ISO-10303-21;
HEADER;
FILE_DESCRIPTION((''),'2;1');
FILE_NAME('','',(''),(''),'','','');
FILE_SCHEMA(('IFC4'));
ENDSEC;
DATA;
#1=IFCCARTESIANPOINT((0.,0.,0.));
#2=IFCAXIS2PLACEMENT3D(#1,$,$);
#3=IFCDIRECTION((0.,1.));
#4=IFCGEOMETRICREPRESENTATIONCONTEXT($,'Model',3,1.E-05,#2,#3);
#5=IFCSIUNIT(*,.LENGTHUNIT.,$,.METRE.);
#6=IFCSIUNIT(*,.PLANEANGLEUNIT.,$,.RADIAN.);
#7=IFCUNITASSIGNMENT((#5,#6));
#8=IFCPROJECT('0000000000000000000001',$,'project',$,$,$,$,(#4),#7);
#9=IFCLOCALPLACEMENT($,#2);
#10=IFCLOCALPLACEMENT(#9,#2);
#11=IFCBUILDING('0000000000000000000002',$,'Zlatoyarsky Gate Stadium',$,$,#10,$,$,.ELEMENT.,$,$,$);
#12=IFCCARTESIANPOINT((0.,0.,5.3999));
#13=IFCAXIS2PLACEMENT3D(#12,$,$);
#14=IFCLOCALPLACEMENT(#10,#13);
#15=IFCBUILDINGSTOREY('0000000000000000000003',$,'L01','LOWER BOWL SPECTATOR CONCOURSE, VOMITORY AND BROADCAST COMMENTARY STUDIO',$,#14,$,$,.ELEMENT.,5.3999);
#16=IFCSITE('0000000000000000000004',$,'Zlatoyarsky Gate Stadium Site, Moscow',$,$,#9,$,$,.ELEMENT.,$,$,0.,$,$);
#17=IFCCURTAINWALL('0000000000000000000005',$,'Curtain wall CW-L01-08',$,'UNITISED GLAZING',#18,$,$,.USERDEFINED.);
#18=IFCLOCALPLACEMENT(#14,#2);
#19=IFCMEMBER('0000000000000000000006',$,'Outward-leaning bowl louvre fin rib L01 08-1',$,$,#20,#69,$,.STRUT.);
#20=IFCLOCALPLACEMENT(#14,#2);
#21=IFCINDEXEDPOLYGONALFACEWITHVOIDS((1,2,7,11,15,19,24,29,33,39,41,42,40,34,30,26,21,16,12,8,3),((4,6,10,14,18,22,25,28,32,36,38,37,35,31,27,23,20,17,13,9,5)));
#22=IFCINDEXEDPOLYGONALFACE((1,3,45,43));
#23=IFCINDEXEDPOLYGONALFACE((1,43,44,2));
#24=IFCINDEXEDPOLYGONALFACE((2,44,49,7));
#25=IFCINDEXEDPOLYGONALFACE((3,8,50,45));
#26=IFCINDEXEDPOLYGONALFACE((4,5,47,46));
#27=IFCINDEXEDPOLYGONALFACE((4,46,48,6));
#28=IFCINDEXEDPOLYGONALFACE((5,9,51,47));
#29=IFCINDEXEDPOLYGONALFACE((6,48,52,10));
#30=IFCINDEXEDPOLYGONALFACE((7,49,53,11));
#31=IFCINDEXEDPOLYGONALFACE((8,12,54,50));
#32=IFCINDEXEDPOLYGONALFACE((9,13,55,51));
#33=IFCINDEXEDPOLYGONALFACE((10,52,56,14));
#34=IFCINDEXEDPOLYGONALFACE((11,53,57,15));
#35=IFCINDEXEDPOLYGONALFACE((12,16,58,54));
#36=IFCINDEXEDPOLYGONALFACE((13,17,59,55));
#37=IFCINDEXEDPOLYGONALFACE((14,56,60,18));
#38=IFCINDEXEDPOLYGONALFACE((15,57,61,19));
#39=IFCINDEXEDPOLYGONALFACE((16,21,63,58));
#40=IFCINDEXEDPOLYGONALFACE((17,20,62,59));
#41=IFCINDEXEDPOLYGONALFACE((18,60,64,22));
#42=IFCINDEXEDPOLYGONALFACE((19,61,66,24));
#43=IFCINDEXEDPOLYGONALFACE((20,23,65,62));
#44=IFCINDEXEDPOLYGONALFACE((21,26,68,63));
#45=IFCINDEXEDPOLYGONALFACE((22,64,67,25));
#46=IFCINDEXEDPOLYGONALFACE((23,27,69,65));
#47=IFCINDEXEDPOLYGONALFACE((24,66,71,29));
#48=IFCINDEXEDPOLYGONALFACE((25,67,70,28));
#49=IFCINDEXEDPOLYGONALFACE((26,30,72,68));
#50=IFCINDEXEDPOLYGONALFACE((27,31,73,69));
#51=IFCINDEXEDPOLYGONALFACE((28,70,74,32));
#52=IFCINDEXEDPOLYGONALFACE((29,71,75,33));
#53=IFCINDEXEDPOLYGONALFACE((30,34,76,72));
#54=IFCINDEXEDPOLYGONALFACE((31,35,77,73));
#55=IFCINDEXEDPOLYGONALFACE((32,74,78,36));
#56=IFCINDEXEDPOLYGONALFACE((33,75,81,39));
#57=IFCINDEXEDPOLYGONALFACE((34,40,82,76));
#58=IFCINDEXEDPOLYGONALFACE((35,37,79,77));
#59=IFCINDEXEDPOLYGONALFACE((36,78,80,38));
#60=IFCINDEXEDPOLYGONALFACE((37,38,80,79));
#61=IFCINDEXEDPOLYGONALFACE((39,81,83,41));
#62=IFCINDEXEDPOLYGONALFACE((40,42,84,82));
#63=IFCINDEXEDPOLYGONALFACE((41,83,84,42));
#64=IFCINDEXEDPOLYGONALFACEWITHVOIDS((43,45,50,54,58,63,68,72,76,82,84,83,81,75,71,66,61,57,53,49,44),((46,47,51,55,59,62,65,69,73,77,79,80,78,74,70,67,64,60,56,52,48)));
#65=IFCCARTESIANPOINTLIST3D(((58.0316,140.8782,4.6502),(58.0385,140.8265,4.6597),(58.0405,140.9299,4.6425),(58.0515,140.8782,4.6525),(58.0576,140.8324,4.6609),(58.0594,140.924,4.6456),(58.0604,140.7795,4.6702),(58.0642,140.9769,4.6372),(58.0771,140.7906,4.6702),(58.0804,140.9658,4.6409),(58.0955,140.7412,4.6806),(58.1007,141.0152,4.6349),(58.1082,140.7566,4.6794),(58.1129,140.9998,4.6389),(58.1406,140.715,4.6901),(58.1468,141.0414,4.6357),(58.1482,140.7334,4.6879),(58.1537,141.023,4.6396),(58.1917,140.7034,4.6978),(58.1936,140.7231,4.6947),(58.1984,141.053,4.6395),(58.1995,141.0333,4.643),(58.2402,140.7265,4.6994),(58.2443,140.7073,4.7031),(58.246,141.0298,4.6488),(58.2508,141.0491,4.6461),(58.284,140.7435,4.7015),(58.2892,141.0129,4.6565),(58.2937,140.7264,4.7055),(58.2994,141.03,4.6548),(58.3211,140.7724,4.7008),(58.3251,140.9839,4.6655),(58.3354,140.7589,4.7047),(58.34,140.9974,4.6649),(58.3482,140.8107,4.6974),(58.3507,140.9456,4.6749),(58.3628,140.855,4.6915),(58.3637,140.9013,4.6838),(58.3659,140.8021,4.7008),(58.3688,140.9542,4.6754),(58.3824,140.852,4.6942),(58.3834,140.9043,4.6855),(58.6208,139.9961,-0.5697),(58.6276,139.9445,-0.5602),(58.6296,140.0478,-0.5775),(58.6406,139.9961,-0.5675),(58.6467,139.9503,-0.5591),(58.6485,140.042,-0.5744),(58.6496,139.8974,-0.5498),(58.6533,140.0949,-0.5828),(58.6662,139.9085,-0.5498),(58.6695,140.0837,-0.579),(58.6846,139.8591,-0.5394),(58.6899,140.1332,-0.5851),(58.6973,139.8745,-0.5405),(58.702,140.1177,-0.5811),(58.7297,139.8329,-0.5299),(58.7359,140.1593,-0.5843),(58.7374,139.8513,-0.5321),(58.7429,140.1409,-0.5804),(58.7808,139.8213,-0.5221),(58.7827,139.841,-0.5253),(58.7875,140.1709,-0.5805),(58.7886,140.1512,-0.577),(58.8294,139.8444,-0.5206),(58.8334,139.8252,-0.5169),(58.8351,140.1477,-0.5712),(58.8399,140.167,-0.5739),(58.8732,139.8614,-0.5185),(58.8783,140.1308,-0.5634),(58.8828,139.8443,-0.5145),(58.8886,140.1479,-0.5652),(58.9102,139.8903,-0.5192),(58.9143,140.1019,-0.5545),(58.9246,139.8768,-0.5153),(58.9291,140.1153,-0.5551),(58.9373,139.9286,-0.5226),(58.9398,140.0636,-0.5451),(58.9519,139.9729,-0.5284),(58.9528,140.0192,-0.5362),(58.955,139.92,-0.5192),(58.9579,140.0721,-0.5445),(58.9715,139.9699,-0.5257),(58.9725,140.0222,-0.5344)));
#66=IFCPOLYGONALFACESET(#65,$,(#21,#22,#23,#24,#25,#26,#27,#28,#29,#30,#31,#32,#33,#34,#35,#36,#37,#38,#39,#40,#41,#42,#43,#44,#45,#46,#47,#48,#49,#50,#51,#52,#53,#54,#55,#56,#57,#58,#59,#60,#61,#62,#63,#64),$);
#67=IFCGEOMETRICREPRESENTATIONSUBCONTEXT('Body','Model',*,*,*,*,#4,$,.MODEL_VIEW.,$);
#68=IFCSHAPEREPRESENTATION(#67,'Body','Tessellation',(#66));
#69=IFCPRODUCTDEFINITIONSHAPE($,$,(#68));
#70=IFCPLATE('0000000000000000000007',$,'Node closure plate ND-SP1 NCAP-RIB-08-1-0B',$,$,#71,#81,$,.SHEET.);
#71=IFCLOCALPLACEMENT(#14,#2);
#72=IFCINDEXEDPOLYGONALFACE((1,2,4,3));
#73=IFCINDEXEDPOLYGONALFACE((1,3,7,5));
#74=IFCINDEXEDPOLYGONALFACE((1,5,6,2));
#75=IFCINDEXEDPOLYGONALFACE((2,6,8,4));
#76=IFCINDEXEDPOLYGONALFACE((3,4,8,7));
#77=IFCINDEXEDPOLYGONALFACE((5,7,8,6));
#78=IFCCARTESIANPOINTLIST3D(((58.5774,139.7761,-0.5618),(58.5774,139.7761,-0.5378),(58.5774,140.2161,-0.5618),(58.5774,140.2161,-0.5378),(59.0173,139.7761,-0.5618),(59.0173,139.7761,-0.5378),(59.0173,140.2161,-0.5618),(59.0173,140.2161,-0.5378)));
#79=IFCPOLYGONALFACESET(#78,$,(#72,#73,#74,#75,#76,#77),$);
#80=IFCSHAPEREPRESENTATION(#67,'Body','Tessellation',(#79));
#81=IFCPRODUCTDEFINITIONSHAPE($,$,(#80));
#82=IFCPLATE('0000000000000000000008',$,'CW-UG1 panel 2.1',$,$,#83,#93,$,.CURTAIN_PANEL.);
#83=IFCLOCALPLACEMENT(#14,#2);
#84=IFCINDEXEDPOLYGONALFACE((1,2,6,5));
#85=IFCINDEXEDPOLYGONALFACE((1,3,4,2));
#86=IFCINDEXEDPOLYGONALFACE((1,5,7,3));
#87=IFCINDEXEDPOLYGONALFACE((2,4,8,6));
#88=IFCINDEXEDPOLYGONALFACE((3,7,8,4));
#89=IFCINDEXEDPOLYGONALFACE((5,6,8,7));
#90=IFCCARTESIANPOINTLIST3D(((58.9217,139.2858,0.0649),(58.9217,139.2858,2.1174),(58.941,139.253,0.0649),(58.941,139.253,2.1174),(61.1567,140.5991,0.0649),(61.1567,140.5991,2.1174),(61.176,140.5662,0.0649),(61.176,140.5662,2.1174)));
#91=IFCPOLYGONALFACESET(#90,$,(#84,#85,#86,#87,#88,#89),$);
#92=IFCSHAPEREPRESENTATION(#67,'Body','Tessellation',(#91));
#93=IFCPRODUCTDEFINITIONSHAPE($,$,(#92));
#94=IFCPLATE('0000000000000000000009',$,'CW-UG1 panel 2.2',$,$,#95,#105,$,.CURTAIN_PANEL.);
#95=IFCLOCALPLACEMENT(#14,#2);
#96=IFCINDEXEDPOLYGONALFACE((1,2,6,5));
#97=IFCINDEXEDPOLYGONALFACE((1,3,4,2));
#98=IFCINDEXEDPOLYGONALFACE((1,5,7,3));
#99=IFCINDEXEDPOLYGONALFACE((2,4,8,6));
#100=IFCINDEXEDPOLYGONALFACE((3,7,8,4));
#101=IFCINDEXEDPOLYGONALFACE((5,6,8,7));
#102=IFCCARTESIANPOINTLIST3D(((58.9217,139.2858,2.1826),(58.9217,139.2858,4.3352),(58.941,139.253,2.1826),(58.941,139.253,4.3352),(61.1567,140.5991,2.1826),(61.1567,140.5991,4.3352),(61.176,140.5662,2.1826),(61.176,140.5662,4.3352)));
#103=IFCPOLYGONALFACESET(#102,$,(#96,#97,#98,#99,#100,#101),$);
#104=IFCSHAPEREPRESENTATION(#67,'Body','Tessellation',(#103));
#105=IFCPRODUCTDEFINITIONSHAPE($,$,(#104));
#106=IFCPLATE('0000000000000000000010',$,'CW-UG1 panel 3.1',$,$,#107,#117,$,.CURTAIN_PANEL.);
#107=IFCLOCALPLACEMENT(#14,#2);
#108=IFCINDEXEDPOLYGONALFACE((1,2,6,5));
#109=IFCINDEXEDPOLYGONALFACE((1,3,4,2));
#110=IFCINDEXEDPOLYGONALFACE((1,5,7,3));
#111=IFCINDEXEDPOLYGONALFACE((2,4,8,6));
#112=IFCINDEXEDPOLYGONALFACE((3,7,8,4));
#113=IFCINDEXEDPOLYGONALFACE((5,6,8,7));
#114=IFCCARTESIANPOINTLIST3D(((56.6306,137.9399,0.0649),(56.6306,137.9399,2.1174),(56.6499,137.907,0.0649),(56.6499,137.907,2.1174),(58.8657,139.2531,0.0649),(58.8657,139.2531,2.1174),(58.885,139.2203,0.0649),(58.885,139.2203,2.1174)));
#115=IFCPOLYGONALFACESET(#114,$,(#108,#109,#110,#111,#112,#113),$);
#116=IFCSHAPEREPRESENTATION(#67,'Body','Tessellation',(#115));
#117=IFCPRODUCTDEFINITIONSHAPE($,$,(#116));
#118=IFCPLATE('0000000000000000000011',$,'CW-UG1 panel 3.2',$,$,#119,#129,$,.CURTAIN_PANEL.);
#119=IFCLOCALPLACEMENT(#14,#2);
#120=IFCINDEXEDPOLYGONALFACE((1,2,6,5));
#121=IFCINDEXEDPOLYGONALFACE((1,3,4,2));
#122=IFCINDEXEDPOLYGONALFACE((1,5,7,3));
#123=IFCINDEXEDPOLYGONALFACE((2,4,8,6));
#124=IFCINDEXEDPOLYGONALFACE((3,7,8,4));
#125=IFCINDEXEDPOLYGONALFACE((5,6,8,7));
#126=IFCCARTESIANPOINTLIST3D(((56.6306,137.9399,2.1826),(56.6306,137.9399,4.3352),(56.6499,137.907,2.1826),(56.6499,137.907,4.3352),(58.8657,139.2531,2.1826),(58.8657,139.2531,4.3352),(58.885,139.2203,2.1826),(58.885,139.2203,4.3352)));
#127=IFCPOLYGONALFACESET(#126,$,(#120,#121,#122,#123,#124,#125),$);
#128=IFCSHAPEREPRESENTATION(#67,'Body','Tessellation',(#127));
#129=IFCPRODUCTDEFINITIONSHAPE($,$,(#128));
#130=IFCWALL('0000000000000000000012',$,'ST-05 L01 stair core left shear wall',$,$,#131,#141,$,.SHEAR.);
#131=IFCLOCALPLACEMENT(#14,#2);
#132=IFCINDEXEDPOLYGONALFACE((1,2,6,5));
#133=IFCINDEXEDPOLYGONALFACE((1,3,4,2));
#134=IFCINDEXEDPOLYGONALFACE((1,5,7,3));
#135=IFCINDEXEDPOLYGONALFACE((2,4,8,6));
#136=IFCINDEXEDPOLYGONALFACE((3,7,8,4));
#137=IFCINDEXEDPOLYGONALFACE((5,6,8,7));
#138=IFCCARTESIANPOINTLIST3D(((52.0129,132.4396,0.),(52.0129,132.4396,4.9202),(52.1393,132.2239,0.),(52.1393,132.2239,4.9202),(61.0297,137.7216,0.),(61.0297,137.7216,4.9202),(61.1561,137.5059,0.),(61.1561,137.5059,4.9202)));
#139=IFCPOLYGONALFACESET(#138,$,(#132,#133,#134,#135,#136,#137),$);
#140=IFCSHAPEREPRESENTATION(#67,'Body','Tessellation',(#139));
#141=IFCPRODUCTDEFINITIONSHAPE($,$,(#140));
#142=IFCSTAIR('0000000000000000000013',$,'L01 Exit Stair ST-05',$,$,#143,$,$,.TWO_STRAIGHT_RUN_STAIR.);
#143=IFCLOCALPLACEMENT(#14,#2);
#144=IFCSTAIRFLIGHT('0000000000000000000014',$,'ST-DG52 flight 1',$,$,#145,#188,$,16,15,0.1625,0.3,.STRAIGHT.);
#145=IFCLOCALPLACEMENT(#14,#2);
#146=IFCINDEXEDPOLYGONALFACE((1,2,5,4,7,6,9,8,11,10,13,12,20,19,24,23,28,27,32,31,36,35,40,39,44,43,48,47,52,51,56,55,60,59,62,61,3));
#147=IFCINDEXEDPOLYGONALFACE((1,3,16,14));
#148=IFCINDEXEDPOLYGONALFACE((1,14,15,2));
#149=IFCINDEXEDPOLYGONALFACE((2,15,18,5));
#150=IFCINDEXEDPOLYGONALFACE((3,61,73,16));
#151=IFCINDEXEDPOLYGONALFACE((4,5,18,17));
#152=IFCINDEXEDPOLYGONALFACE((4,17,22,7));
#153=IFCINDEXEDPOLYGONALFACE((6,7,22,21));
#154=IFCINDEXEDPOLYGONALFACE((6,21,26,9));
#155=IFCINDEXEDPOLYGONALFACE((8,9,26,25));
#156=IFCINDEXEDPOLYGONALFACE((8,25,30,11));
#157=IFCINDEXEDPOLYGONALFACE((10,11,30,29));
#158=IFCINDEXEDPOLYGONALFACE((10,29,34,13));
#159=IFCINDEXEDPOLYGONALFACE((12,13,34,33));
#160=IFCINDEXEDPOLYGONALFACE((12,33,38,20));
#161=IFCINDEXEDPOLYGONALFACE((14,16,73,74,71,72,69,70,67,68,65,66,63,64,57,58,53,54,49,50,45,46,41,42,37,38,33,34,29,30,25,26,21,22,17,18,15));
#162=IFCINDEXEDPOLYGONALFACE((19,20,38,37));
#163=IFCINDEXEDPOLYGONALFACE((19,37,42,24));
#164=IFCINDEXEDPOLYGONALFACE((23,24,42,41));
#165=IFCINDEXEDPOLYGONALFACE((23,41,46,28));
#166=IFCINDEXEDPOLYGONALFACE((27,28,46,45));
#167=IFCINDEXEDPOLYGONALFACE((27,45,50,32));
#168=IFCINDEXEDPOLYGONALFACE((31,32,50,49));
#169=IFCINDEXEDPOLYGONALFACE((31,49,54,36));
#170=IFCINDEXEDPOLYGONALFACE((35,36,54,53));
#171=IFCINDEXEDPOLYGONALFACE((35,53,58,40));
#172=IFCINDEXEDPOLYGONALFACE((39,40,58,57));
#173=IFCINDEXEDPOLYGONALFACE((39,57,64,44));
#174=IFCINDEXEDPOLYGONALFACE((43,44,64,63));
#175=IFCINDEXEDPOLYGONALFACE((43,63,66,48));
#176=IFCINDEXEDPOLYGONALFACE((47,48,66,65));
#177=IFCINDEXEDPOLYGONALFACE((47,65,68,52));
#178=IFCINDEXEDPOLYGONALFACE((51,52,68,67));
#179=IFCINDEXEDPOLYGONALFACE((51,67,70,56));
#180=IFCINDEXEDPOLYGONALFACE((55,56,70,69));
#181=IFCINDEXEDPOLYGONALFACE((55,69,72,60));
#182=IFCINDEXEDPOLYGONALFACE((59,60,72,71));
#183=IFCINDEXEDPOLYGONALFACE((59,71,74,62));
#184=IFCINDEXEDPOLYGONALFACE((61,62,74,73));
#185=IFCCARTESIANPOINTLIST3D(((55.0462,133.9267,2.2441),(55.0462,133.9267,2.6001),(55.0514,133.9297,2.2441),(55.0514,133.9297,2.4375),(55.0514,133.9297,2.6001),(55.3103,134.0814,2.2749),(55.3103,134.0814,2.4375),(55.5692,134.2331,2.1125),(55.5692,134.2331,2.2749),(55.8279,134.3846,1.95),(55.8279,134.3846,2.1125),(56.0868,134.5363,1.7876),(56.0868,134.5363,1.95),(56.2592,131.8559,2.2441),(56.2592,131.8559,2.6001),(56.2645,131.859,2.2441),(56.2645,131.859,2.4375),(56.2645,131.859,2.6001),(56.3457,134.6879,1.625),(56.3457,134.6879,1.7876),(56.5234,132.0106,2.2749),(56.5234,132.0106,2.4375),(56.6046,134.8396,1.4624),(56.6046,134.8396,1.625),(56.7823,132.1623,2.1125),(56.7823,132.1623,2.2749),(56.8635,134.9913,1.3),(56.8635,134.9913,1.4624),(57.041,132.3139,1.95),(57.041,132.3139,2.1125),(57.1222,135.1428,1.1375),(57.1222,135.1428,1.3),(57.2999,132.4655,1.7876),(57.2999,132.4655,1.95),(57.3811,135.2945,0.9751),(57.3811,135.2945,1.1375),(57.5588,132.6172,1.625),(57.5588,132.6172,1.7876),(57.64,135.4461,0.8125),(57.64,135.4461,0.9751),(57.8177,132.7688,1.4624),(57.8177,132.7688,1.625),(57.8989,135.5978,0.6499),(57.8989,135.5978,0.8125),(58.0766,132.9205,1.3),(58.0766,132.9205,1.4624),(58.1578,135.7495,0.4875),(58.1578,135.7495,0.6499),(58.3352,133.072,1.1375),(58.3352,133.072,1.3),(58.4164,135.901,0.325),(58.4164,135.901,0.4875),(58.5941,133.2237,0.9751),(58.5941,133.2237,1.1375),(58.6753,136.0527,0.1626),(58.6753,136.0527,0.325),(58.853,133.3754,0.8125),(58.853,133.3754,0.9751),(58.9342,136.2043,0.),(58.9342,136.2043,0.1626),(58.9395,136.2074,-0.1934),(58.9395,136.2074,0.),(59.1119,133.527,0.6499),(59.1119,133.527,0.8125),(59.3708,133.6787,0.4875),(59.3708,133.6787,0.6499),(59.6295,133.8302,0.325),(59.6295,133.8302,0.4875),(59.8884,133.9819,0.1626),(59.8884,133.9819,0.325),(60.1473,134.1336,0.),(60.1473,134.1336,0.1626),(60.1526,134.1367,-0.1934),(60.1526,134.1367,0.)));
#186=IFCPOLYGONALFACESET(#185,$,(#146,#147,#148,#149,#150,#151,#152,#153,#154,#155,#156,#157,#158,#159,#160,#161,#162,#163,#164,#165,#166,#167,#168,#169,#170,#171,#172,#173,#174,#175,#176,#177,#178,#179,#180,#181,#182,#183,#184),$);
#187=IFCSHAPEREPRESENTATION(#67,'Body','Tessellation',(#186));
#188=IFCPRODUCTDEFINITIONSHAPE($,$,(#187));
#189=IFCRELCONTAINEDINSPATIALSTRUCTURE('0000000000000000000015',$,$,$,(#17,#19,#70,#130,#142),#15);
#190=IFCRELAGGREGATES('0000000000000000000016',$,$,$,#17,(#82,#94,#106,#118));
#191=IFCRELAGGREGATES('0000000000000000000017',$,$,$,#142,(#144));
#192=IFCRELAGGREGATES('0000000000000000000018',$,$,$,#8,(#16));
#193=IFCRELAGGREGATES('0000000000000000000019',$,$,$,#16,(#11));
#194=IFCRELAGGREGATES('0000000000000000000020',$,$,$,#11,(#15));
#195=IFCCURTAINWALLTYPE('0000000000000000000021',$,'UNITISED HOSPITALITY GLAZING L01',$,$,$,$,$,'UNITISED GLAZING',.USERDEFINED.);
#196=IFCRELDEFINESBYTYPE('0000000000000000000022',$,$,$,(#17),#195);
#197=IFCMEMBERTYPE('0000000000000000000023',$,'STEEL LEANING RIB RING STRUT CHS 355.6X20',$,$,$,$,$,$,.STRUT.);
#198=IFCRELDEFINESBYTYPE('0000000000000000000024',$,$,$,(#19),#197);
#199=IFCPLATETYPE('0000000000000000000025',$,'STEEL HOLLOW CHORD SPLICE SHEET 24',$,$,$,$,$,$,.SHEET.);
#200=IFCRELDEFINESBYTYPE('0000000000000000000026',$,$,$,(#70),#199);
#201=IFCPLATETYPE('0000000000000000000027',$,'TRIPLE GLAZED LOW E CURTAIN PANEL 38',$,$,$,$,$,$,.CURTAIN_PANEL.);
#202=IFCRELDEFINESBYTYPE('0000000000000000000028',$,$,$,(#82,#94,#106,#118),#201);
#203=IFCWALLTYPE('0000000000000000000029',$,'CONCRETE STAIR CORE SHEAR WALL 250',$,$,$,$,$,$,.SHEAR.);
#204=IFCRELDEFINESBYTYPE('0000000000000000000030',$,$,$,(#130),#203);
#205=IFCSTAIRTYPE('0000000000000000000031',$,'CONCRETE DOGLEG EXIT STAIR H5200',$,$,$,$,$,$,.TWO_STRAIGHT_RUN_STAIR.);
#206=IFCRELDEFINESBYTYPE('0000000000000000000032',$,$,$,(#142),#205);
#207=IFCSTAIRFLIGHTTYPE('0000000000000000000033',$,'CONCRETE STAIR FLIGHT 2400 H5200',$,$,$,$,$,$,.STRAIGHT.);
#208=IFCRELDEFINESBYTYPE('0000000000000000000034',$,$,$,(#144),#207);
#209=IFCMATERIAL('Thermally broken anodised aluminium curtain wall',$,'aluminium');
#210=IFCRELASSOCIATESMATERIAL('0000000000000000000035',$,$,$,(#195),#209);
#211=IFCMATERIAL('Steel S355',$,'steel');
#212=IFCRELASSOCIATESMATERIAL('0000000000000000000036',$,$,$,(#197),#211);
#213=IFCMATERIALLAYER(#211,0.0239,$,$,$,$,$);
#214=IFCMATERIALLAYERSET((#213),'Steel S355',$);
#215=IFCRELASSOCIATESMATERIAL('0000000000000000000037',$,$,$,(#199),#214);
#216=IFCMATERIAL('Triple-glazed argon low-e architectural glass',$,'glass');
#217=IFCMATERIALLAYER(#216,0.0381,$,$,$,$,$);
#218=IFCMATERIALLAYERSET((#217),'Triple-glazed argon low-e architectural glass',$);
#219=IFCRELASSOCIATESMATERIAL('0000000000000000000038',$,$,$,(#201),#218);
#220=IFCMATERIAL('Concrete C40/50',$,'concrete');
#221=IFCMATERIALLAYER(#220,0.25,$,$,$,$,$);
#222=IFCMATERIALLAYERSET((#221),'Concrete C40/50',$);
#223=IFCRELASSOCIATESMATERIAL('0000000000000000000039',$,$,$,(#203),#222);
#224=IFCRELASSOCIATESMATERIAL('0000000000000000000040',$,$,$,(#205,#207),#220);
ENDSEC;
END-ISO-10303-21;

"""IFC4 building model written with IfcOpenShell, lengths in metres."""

from ifc_helpers import new_model, si_unit, direction, frame, frame_2d, origin, origin_2d, place, context, subcontext, project, spatial, polyline, rectangle, hollow_circle, outline, extrude, material, layer, layer_set, material_profile, profile_set, type_object, element, aggregate, save


model = new_model("IFC4")

# Units and contexts
model_context = context("Model", 3, precision=1e-05, world=origin(), true_north=direction((0.0, 1.0)))
body_context = subcontext(model_context, "Body", "Model", "MODEL_VIEW")
ifc_project = project(units=[si_unit("LENGTHUNIT", "METRE"), si_unit("PLANEANGLEUNIT", "RADIAN")], contexts=[model_context])

# Site, building, storey
site_placement = place(None, origin())
site = spatial("IfcSite", under=ifc_project, at=site_placement, Name="Zlatoyarsky Gate Stadium Site, Moscow", CompositionType="ELEMENT", RefElevation=0.0)
building_placement = place(site_placement, origin())
building = spatial("IfcBuilding", under=site, at=building_placement, Name="Zlatoyarsky Gate Stadium", CompositionType="ELEMENT")
storey_placement = place(building_placement, frame((0.0, 0.0, 5.3999)))
storey = spatial("IfcBuildingStorey", under=building, at=storey_placement, Name="L01", Description="LOWER BOWL SPECTATOR CONCOURSE, VOMITORY AND BROADCAST COMMENTARY STUDIO", CompositionType="ELEMENT", Elevation=5.3999)

# Curtain wall
ifc_material_1 = material(Name="Thermally broken anodised aluminium curtain wall", Category="aluminium")
curtain_wall_type = type_object("IfcCurtainWallType", Name="UNITISED HOSPITALITY GLAZING L01", ElementType="UNITISED GLAZING", PredefinedType="USERDEFINED", material=ifc_material_1)
curtain_wall_placement = place(storey_placement, origin())
curtain_wall = element("IfcCurtainWall", 1, at=curtain_wall_placement, inside=storey, type_object=curtain_wall_type, Name="Curtain wall CW-L01-08", ObjectType="UNITISED GLAZING", PredefinedType="USERDEFINED")

# Member
ifc_material_2 = material(Name="Steel S355", Category="steel")
ifc_material_profile_1 = material_profile(ifc_material_2, hollow_circle(Radius=0.1777, WallThickness=0.02, at=origin_2d()), Name="CHS 355.6X20")
ifc_profile_set_1 = profile_set([ifc_material_profile_1], Name="Steel S355")
member_type_1 = type_object("IfcMemberType", Name="STEEL LEANING RIB RING STRUT CHS 355.6X20", PredefinedType="STRUT", material=ifc_profile_set_1)
member_1_placement = place(storey_placement, frame((58.7974, 139.9961, -0.5498), z_axis=(-0.110597, 0.165597, 0.979972), x_axis=(-0.83159, -0.555391, 0.0)))
element("IfcMember", 2, at=member_1_placement, inside=storey, type_object=member_type_1, Name="Outward-leaning bowl louvre fin rib L01 08-1", PredefinedType="STRUT", context=body_context, shape_type="SweptSolid", body=[
    extrude(hollow_circle(Radius=0.1777, WallThickness=0.02, at=origin_2d()), origin(), (0.0, 0.0, 1.0), 5.3267),
])

# Plates
ifc_layer_1 = layer(ifc_material_2, 0.0239)
ifc_layer_set_1 = layer_set([ifc_layer_1], Name="Steel S355")
plate_type_1 = type_object("IfcPlateType", Name="STEEL HOLLOW CHORD SPLICE SHEET 24", PredefinedType="SHEET", material=ifc_layer_set_1)
plate_1_placement = place(storey_placement, frame((58.7974, 139.9961, -0.5618), z_axis=(0.0, 0.0, 1.0), x_axis=(1.0, 0.0, 0.0)))
element("IfcPlate", 3, at=plate_1_placement, inside=storey, type_object=plate_type_1, Name="Node closure plate ND-SP1 NCAP-RIB-08-1-0B", PredefinedType="SHEET", context=body_context, shape_type="SweptSolid", body=[
    extrude(rectangle(XDim=0.4399, YDim=0.4399, at=origin_2d()), origin(), (0.0, 0.0, 1.0), 0.0239),
])
ifc_material_3 = material(Name="Triple-glazed argon low-e architectural glass", Category="glass")
ifc_layer_2 = layer(ifc_material_3, 0.0381)
ifc_layer_set_2 = layer_set([ifc_layer_2], Name="Triple-glazed argon low-e architectural glass")
plate_type_2 = type_object("IfcPlateType", Name="TRIPLE GLAZED LOW E CURTAIN PANEL 38", PredefinedType="CURTAIN_PANEL", material=ifc_layer_set_2)
plate_2_placement = place(storey_placement, frame((60.0488, 139.926, 0.0649), z_axis=(0.0, 0.0, 1.0), x_axis=(-0.862188, -0.506588, 0.0)))
plate_2 = element("IfcPlate", 4, at=plate_2_placement, type_object=plate_type_2, Name="CW-UG1 panel 2.1", PredefinedType="CURTAIN_PANEL", context=body_context, shape_type="SweptSolid", body=[
    extrude(rectangle(XDim=2.5923, YDim=0.0381, at=origin_2d()), origin(), (0.0, 0.0, 1.0), 2.0525),
])
plate_3_placement = place(storey_placement, frame((60.0488, 139.926, 2.1826), z_axis=(0.0, 0.0, 1.0), x_axis=(-0.862188, -0.506588, 0.0)))
plate_3 = element("IfcPlate", 5, at=plate_3_placement, type_object=plate_type_2, Name="CW-UG1 panel 2.2", PredefinedType="CURTAIN_PANEL", context=body_context, shape_type="SweptSolid", body=[
    extrude(rectangle(XDim=2.5923, YDim=0.0381, at=origin_2d()), origin(), (0.0, 0.0, 1.0), 2.1526),
])
plate_4_placement = place(storey_placement, frame((57.7578, 138.5801, 0.0649), z_axis=(0.0, 0.0, 1.0), x_axis=(-0.862188, -0.506588, 0.0)))
plate_4 = element("IfcPlate", 6, at=plate_4_placement, type_object=plate_type_2, Name="CW-UG1 panel 3.1", PredefinedType="CURTAIN_PANEL", context=body_context, shape_type="SweptSolid", body=[
    extrude(rectangle(XDim=2.5923, YDim=0.0381, at=origin_2d()), origin(), (0.0, 0.0, 1.0), 2.0525),
])
plate_5_placement = place(storey_placement, frame((57.7578, 138.5801, 2.1826), z_axis=(0.0, 0.0, 1.0), x_axis=(-0.862188, -0.506588, 0.0)))
plate_5 = element("IfcPlate", 7, at=plate_5_placement, type_object=plate_type_2, Name="CW-UG1 panel 3.2", PredefinedType="CURTAIN_PANEL", context=body_context, shape_type="SweptSolid", body=[
    extrude(rectangle(XDim=2.5923, YDim=0.0381, at=origin_2d()), origin(), (0.0, 0.0, 1.0), 2.1526),
])
aggregate(curtain_wall, [plate_2, plate_3, plate_4, plate_5])

# Wall
ifc_material_4 = material(Name="Concrete C40/50", Category="concrete")
ifc_layer_3 = layer(ifc_material_4, 0.25)
ifc_layer_set_3 = layer_set([ifc_layer_3], Name="Concrete C40/50")
wall_type = type_object("IfcWallType", Name="CONCRETE STAIR CORE SHEAR WALL 250", PredefinedType="SHEAR", material=ifc_layer_set_3)
wall_placement = place(storey_placement, frame((61.093, 137.6138, 0.0), z_axis=(0.0, 0.0, 1.0), x_axis=(-0.862855, -0.505452, 0.0)))
element("IfcWall", 8, at=wall_placement, inside=storey, type_object=wall_type, Name="ST-05 L01 stair core left shear wall", PredefinedType="SHEAR", context=body_context, shape_type="SweptSolid", body=[
    extrude(rectangle(XDim=10.45, YDim=0.25, at=frame_2d((5.2251, 0.0))), origin(), (0.0, 0.0, 1.0), 4.9202),
])

# Stair, stair flight
stair_type = type_object("IfcStairType", Name="CONCRETE DOGLEG EXIT STAIR H5200", PredefinedType="TWO_STRAIGHT_RUN_STAIR", material=ifc_material_4)
stair_placement = place(storey_placement, origin())
stair = element("IfcStair", 9, at=stair_placement, inside=storey, type_object=stair_type, Name="L01 Exit Stair ST-05", PredefinedType="TWO_STRAIGHT_RUN_STAIR")
stair_flight_type = type_object("IfcStairFlightType", Name="CONCRETE STAIR FLIGHT 2400 H5200", PredefinedType="STRAIGHT", material=ifc_material_4)
stair_flight_1_placement = place(storey_placement, frame((59.5408, 135.1689, 0.0), z_axis=(0.0, 0.0, 1.0), x_axis=(-0.862848, -0.505463, 0.0)))
stair_flight_1 = element("IfcStairFlight", 10, at=stair_flight_1_placement, type_object=stair_flight_type, Name="ST-DG52 flight 1", NumberOfRisers=16, NumberOfTreads=15, PredefinedType="STRAIGHT", RiserHeight=0.1625, TreadLength=0.3, context=body_context, shape_type="SweptSolid", body=[
    extrude(outline(polyline([(-0.0061, -0.1934), (-0.0061, 0.0), (0.0, 0.0), (0.0, 0.1626), (0.3, 0.1626), (0.3, 0.325), (0.6001, 0.325), (0.6001, 0.4875), (0.8999, 0.4875), (0.8999, 0.6499), (1.2, 0.6499), (1.2, 0.8125), (1.5, 0.8125), (1.5, 0.9751), (1.8, 0.9751), (1.8, 1.1375), (2.1001, 1.1375), (2.1001, 1.3), (2.3999, 1.3), (2.3999, 1.4624), (2.7, 1.4624), (2.7, 1.625), (3.0, 1.625), (3.0, 1.7876), (3.3, 1.7876), (3.3, 1.95), (3.6001, 1.95), (3.6001, 2.1125), (3.8999, 2.1125), (3.8999, 2.2749), (4.2, 2.2749), (4.2, 2.4375), (4.5, 2.4375), (4.5, 2.6001), (4.5061, 2.6001), (4.5061, 2.2441), (4.5, 2.2441), (-0.0061, -0.1934)])), frame((0.0, 1.2, 0.0), z_axis=(0.0, -1.0, 0.0), x_axis=(1.0, 0.0, 0.0)), (0.0, 0.0, 1.0), 2.3999),
])
aggregate(stair, [stair_flight_1])

save(model, "model.ifc")
